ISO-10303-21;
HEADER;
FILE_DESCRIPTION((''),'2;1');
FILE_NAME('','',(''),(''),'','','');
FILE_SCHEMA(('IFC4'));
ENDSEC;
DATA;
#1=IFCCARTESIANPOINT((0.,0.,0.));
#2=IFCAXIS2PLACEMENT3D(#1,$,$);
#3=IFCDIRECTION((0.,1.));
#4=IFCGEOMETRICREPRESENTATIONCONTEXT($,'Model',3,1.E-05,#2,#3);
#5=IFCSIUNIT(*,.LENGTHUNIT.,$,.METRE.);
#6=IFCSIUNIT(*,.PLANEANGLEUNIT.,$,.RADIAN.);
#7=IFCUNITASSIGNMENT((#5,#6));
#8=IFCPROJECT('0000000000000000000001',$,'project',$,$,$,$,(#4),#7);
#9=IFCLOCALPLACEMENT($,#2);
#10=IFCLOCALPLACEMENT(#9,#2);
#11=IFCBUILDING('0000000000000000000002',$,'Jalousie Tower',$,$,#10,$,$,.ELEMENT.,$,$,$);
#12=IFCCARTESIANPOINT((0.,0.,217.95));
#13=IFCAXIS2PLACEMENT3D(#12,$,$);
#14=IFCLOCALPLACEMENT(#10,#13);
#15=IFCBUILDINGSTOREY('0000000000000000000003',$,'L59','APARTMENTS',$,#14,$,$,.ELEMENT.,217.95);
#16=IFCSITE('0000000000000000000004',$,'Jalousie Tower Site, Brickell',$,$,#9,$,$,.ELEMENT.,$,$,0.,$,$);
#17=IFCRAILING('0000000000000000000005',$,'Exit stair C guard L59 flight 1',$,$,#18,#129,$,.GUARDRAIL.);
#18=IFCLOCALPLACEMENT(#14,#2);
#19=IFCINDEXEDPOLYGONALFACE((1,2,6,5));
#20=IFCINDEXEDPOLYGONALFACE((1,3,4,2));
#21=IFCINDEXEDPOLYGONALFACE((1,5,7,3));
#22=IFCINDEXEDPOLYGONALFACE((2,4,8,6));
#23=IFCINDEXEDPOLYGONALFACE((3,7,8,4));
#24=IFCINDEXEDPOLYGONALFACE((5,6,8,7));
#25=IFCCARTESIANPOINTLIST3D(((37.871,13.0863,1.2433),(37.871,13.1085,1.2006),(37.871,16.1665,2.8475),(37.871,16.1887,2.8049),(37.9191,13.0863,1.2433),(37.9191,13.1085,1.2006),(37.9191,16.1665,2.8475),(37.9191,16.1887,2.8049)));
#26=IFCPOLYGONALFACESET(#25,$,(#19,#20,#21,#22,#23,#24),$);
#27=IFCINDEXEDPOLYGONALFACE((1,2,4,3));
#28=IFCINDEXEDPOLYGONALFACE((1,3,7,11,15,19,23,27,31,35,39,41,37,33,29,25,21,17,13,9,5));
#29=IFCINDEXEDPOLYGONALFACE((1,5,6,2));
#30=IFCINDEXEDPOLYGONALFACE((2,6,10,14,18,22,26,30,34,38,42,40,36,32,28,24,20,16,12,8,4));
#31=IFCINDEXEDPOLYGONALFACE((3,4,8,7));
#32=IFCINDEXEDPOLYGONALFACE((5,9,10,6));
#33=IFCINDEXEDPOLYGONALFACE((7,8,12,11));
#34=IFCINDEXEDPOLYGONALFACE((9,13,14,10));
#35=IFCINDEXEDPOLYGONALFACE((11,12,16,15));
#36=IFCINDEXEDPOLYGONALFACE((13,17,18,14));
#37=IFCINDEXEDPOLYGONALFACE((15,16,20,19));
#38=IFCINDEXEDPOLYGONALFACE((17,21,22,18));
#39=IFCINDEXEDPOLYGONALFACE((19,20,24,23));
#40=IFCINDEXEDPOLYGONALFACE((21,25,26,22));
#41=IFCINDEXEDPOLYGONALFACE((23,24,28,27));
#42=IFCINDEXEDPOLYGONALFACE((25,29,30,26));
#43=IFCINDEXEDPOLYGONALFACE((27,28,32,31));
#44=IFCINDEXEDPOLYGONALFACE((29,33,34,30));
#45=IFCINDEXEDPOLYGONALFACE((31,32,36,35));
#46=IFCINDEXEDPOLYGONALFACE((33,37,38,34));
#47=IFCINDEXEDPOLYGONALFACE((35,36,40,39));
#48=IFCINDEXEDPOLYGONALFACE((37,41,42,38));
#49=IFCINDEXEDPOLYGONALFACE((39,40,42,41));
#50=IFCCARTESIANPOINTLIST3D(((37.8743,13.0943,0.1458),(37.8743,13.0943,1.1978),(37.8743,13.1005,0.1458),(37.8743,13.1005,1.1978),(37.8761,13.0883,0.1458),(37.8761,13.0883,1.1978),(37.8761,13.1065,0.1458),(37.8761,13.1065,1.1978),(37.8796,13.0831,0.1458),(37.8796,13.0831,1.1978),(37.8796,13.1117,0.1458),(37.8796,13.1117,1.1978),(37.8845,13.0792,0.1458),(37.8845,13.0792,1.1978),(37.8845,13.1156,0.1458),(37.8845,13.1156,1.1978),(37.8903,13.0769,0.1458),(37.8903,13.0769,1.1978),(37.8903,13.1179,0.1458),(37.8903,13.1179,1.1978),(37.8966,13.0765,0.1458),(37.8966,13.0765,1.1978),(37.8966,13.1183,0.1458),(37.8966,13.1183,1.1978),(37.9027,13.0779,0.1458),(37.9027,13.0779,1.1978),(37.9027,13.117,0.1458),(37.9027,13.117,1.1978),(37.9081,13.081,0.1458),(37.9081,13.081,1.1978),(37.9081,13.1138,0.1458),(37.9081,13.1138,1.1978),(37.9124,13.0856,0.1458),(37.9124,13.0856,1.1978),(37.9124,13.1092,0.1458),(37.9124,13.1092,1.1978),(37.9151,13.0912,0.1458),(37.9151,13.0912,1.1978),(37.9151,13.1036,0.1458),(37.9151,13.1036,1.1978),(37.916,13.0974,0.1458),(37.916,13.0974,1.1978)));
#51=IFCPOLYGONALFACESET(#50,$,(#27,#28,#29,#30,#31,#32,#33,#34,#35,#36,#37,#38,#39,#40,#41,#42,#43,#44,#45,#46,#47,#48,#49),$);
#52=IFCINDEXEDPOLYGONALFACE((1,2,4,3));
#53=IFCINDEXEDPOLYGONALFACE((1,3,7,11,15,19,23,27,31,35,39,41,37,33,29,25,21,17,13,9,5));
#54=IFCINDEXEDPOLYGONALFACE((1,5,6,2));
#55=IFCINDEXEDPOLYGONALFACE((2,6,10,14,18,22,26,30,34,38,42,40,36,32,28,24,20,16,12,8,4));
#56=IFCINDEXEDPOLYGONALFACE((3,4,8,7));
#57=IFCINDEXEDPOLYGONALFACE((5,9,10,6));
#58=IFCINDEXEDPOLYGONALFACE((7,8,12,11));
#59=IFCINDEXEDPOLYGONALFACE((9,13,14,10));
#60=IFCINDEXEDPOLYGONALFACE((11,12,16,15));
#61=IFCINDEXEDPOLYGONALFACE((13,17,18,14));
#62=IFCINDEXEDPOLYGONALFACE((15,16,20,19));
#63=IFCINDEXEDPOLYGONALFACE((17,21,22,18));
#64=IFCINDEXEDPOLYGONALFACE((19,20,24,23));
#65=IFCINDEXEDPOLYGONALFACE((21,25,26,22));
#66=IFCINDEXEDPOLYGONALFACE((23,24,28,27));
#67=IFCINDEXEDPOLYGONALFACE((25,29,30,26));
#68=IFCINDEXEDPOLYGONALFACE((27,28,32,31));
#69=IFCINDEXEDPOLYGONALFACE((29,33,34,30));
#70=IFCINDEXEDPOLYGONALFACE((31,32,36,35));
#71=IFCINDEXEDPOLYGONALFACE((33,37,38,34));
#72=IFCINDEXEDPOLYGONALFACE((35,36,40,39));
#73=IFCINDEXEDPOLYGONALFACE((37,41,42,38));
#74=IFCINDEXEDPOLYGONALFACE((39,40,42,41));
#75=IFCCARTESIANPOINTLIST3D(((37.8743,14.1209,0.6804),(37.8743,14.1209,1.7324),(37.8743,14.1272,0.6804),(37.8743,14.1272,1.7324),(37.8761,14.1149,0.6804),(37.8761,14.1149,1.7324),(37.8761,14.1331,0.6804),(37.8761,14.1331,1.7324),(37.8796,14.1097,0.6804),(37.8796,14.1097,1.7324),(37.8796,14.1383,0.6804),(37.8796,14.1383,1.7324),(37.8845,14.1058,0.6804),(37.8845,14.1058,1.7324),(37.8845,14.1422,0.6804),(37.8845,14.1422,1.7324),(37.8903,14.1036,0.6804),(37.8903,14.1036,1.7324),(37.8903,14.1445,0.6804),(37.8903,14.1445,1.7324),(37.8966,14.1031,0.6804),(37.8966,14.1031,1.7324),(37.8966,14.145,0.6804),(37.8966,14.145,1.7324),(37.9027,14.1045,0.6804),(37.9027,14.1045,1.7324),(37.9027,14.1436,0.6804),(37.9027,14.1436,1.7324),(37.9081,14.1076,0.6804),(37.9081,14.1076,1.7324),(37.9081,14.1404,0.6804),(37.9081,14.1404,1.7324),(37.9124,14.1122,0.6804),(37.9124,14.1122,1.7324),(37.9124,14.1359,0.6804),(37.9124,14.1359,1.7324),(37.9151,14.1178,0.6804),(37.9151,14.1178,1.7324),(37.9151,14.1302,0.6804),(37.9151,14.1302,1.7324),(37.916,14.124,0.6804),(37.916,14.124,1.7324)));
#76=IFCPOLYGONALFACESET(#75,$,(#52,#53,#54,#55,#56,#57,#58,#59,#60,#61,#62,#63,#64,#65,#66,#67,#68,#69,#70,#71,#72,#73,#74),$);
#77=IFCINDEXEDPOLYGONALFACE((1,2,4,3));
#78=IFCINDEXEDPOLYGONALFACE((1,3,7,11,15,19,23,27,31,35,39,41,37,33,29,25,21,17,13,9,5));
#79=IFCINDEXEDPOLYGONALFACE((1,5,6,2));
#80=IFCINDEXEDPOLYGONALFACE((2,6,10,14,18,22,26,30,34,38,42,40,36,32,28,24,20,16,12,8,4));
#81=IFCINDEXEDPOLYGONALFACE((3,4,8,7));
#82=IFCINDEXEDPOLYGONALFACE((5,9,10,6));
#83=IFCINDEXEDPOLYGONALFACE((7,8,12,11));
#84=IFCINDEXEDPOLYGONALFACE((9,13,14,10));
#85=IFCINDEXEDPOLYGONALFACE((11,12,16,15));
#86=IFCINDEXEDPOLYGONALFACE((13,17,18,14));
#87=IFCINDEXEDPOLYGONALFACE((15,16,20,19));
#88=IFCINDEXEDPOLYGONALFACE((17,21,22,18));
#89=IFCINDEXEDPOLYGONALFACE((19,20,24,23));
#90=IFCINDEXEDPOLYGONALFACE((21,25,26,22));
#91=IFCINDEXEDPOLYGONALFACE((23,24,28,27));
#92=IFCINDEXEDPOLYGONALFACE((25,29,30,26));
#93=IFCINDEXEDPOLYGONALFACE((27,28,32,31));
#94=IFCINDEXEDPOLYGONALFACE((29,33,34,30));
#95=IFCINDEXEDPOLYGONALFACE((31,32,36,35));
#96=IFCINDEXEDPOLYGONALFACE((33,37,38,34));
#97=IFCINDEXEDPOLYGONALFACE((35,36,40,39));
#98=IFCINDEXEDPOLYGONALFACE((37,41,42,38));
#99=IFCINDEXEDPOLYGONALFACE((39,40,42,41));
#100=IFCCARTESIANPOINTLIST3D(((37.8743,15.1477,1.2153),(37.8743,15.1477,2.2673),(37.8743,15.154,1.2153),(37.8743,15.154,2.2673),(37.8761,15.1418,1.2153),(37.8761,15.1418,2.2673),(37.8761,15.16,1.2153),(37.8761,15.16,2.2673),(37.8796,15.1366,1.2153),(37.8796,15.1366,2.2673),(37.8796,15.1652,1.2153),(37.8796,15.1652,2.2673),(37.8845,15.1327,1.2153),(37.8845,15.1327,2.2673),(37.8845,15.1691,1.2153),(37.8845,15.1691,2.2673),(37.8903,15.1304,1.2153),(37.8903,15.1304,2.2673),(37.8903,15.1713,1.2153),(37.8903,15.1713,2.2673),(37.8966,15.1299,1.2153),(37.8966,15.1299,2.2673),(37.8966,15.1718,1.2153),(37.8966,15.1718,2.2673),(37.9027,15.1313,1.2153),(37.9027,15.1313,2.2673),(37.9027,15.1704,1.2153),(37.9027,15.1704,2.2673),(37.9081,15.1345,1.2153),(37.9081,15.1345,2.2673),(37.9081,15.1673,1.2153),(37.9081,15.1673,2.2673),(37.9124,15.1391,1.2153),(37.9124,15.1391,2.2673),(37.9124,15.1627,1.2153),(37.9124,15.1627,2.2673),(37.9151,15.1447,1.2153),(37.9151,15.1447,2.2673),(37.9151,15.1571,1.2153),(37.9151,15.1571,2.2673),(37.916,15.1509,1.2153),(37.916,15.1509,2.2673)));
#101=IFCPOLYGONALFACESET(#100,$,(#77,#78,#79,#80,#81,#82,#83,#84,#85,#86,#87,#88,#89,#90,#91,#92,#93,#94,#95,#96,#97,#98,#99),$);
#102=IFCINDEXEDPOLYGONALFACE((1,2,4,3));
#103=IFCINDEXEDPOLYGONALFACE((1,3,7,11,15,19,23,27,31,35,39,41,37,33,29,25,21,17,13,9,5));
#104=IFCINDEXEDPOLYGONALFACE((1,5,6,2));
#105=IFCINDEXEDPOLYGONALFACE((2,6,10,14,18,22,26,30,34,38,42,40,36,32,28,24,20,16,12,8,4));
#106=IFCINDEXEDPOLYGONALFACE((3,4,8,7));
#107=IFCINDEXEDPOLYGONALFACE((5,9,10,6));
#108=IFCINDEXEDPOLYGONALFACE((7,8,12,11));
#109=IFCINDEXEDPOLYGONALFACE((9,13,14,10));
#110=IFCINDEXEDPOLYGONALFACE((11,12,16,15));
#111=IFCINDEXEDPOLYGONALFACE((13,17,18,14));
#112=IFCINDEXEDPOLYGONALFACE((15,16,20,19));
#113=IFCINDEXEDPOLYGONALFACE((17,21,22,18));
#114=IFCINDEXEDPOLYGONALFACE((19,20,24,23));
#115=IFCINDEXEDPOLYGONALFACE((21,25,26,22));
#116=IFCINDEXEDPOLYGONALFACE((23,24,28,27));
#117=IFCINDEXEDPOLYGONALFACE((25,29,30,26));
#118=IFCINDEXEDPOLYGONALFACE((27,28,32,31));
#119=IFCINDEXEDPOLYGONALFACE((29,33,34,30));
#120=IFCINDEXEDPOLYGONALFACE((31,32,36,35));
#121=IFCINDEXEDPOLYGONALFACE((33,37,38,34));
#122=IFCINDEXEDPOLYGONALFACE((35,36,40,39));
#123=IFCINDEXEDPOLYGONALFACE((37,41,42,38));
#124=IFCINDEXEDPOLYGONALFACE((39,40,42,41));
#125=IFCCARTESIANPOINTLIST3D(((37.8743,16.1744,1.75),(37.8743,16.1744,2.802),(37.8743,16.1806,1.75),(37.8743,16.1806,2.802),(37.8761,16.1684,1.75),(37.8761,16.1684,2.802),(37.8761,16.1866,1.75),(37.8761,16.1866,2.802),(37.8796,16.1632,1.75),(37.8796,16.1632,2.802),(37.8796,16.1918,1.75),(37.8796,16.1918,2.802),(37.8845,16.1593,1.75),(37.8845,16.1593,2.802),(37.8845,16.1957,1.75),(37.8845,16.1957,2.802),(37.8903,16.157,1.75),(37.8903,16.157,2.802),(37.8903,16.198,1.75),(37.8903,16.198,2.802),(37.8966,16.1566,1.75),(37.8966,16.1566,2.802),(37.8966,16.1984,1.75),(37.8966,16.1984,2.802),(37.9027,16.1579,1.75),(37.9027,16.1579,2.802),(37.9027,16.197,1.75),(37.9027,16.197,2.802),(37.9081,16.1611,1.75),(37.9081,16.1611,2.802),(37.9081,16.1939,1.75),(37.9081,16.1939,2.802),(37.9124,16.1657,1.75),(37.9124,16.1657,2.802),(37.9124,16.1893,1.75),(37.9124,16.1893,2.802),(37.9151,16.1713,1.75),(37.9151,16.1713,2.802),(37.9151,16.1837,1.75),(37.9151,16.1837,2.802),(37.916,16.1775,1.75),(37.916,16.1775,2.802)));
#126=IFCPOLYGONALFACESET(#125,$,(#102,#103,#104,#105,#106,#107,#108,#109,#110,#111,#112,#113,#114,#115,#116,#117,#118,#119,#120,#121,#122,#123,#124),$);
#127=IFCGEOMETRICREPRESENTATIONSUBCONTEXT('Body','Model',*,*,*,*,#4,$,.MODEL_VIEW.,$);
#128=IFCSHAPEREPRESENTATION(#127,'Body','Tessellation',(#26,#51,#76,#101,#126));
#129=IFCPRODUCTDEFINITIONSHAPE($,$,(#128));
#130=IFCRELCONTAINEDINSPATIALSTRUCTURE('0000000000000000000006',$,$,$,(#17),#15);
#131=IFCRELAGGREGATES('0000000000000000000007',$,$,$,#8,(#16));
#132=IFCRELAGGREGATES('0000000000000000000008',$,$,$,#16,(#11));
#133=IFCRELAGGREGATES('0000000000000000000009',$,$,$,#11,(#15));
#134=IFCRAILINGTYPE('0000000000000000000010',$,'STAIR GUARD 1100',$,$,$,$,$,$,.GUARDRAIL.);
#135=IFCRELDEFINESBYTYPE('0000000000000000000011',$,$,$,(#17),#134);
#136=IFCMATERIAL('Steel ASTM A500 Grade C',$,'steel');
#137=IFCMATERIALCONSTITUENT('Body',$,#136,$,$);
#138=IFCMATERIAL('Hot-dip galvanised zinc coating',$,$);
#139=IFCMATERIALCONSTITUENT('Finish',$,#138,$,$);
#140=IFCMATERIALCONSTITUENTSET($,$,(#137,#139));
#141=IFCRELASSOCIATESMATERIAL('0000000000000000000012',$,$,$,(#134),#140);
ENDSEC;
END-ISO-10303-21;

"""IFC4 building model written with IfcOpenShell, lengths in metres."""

from ifc_helpers import new_model, si_unit, direction, frame, origin, origin_2d, place, context, subcontext, project, spatial, rectangle, circle, extrude, material, constituent, constituent_set, type_object, element, save


model = new_model("IFC4")

# Units and contexts
model_context = context("Model", 3, precision=1e-05, world=origin(), true_north=direction((0.0, 1.0)))
body_context = subcontext(model_context, "Body", "Model", "MODEL_VIEW")
ifc_project = project(units=[si_unit("LENGTHUNIT", "METRE"), si_unit("PLANEANGLEUNIT", "RADIAN")], contexts=[model_context])

# Site, building, storey
site_placement = place(None, origin())
site = spatial("IfcSite", under=ifc_project, at=site_placement, Name="Jalousie Tower Site, Brickell", CompositionType="ELEMENT", RefElevation=0.0)
building_placement = place(site_placement, origin())
building = spatial("IfcBuilding", under=site, at=building_placement, Name="Jalousie Tower", CompositionType="ELEMENT")
storey_placement = place(building_placement, frame((0.0, 0.0, 217.95)))
storey = spatial("IfcBuildingStorey", under=building, at=storey_placement, Name="L59", Description="APARTMENTS", CompositionType="ELEMENT", Elevation=217.95)

# Railing
ifc_material_1 = material(Name="Steel ASTM A500 Grade C", Category="steel")
ifc_constituent_1 = constituent(ifc_material_1, Name="Body")
ifc_material_2 = material(Name="Hot-dip galvanised zinc coating")
ifc_constituent_2 = constituent(ifc_material_2, Name="Finish")
ifc_constituent_set_1 = constituent_set(constituents=[ifc_constituent_1, ifc_constituent_2])
railing_type_1 = type_object("IfcRailingType", Name="STAIR GUARD 1100", PredefinedType="GUARDRAIL", material=ifc_constituent_set_1)
railing_1_placement = place(storey_placement, frame((37.895, 13.0974, 0.1458)))
element("IfcRailing", 1, at=railing_1_placement, inside=storey, type_object=railing_type_1, Name="Exit stair C guard L59 flight 1", PredefinedType="GUARDRAIL", context=body_context, shape_type="SweptSolid", body=[
    extrude(rectangle(XDim=0.0481, YDim=0.0481, at=origin_2d()), frame((0.0, 0.0, 1.0762), z_axis=(0.0, 0.886909, 0.461944), x_axis=(-1.0, 0.0, 0.0)), (0.0, 0.0, 1.0), 3.4729),
    extrude(circle(Radius=0.021, at=origin_2d()), origin(), (0.0, 0.0, 1.0), 1.052),
    extrude(circle(Radius=0.021, at=origin_2d()), frame((0.0, 1.0266, 0.5347)), (0.0, 0.0, 1.0), 1.052),
    extrude(circle(Radius=0.021, at=origin_2d()), frame((0.0, 2.0535, 1.0696)), (0.0, 0.0, 1.0), 1.052),
    extrude(circle(Radius=0.021, at=origin_2d()), frame((0.0, 3.0801, 1.6042)), (0.0, 0.0, 1.0), 1.052),
])

save(model, "model.ifc")
